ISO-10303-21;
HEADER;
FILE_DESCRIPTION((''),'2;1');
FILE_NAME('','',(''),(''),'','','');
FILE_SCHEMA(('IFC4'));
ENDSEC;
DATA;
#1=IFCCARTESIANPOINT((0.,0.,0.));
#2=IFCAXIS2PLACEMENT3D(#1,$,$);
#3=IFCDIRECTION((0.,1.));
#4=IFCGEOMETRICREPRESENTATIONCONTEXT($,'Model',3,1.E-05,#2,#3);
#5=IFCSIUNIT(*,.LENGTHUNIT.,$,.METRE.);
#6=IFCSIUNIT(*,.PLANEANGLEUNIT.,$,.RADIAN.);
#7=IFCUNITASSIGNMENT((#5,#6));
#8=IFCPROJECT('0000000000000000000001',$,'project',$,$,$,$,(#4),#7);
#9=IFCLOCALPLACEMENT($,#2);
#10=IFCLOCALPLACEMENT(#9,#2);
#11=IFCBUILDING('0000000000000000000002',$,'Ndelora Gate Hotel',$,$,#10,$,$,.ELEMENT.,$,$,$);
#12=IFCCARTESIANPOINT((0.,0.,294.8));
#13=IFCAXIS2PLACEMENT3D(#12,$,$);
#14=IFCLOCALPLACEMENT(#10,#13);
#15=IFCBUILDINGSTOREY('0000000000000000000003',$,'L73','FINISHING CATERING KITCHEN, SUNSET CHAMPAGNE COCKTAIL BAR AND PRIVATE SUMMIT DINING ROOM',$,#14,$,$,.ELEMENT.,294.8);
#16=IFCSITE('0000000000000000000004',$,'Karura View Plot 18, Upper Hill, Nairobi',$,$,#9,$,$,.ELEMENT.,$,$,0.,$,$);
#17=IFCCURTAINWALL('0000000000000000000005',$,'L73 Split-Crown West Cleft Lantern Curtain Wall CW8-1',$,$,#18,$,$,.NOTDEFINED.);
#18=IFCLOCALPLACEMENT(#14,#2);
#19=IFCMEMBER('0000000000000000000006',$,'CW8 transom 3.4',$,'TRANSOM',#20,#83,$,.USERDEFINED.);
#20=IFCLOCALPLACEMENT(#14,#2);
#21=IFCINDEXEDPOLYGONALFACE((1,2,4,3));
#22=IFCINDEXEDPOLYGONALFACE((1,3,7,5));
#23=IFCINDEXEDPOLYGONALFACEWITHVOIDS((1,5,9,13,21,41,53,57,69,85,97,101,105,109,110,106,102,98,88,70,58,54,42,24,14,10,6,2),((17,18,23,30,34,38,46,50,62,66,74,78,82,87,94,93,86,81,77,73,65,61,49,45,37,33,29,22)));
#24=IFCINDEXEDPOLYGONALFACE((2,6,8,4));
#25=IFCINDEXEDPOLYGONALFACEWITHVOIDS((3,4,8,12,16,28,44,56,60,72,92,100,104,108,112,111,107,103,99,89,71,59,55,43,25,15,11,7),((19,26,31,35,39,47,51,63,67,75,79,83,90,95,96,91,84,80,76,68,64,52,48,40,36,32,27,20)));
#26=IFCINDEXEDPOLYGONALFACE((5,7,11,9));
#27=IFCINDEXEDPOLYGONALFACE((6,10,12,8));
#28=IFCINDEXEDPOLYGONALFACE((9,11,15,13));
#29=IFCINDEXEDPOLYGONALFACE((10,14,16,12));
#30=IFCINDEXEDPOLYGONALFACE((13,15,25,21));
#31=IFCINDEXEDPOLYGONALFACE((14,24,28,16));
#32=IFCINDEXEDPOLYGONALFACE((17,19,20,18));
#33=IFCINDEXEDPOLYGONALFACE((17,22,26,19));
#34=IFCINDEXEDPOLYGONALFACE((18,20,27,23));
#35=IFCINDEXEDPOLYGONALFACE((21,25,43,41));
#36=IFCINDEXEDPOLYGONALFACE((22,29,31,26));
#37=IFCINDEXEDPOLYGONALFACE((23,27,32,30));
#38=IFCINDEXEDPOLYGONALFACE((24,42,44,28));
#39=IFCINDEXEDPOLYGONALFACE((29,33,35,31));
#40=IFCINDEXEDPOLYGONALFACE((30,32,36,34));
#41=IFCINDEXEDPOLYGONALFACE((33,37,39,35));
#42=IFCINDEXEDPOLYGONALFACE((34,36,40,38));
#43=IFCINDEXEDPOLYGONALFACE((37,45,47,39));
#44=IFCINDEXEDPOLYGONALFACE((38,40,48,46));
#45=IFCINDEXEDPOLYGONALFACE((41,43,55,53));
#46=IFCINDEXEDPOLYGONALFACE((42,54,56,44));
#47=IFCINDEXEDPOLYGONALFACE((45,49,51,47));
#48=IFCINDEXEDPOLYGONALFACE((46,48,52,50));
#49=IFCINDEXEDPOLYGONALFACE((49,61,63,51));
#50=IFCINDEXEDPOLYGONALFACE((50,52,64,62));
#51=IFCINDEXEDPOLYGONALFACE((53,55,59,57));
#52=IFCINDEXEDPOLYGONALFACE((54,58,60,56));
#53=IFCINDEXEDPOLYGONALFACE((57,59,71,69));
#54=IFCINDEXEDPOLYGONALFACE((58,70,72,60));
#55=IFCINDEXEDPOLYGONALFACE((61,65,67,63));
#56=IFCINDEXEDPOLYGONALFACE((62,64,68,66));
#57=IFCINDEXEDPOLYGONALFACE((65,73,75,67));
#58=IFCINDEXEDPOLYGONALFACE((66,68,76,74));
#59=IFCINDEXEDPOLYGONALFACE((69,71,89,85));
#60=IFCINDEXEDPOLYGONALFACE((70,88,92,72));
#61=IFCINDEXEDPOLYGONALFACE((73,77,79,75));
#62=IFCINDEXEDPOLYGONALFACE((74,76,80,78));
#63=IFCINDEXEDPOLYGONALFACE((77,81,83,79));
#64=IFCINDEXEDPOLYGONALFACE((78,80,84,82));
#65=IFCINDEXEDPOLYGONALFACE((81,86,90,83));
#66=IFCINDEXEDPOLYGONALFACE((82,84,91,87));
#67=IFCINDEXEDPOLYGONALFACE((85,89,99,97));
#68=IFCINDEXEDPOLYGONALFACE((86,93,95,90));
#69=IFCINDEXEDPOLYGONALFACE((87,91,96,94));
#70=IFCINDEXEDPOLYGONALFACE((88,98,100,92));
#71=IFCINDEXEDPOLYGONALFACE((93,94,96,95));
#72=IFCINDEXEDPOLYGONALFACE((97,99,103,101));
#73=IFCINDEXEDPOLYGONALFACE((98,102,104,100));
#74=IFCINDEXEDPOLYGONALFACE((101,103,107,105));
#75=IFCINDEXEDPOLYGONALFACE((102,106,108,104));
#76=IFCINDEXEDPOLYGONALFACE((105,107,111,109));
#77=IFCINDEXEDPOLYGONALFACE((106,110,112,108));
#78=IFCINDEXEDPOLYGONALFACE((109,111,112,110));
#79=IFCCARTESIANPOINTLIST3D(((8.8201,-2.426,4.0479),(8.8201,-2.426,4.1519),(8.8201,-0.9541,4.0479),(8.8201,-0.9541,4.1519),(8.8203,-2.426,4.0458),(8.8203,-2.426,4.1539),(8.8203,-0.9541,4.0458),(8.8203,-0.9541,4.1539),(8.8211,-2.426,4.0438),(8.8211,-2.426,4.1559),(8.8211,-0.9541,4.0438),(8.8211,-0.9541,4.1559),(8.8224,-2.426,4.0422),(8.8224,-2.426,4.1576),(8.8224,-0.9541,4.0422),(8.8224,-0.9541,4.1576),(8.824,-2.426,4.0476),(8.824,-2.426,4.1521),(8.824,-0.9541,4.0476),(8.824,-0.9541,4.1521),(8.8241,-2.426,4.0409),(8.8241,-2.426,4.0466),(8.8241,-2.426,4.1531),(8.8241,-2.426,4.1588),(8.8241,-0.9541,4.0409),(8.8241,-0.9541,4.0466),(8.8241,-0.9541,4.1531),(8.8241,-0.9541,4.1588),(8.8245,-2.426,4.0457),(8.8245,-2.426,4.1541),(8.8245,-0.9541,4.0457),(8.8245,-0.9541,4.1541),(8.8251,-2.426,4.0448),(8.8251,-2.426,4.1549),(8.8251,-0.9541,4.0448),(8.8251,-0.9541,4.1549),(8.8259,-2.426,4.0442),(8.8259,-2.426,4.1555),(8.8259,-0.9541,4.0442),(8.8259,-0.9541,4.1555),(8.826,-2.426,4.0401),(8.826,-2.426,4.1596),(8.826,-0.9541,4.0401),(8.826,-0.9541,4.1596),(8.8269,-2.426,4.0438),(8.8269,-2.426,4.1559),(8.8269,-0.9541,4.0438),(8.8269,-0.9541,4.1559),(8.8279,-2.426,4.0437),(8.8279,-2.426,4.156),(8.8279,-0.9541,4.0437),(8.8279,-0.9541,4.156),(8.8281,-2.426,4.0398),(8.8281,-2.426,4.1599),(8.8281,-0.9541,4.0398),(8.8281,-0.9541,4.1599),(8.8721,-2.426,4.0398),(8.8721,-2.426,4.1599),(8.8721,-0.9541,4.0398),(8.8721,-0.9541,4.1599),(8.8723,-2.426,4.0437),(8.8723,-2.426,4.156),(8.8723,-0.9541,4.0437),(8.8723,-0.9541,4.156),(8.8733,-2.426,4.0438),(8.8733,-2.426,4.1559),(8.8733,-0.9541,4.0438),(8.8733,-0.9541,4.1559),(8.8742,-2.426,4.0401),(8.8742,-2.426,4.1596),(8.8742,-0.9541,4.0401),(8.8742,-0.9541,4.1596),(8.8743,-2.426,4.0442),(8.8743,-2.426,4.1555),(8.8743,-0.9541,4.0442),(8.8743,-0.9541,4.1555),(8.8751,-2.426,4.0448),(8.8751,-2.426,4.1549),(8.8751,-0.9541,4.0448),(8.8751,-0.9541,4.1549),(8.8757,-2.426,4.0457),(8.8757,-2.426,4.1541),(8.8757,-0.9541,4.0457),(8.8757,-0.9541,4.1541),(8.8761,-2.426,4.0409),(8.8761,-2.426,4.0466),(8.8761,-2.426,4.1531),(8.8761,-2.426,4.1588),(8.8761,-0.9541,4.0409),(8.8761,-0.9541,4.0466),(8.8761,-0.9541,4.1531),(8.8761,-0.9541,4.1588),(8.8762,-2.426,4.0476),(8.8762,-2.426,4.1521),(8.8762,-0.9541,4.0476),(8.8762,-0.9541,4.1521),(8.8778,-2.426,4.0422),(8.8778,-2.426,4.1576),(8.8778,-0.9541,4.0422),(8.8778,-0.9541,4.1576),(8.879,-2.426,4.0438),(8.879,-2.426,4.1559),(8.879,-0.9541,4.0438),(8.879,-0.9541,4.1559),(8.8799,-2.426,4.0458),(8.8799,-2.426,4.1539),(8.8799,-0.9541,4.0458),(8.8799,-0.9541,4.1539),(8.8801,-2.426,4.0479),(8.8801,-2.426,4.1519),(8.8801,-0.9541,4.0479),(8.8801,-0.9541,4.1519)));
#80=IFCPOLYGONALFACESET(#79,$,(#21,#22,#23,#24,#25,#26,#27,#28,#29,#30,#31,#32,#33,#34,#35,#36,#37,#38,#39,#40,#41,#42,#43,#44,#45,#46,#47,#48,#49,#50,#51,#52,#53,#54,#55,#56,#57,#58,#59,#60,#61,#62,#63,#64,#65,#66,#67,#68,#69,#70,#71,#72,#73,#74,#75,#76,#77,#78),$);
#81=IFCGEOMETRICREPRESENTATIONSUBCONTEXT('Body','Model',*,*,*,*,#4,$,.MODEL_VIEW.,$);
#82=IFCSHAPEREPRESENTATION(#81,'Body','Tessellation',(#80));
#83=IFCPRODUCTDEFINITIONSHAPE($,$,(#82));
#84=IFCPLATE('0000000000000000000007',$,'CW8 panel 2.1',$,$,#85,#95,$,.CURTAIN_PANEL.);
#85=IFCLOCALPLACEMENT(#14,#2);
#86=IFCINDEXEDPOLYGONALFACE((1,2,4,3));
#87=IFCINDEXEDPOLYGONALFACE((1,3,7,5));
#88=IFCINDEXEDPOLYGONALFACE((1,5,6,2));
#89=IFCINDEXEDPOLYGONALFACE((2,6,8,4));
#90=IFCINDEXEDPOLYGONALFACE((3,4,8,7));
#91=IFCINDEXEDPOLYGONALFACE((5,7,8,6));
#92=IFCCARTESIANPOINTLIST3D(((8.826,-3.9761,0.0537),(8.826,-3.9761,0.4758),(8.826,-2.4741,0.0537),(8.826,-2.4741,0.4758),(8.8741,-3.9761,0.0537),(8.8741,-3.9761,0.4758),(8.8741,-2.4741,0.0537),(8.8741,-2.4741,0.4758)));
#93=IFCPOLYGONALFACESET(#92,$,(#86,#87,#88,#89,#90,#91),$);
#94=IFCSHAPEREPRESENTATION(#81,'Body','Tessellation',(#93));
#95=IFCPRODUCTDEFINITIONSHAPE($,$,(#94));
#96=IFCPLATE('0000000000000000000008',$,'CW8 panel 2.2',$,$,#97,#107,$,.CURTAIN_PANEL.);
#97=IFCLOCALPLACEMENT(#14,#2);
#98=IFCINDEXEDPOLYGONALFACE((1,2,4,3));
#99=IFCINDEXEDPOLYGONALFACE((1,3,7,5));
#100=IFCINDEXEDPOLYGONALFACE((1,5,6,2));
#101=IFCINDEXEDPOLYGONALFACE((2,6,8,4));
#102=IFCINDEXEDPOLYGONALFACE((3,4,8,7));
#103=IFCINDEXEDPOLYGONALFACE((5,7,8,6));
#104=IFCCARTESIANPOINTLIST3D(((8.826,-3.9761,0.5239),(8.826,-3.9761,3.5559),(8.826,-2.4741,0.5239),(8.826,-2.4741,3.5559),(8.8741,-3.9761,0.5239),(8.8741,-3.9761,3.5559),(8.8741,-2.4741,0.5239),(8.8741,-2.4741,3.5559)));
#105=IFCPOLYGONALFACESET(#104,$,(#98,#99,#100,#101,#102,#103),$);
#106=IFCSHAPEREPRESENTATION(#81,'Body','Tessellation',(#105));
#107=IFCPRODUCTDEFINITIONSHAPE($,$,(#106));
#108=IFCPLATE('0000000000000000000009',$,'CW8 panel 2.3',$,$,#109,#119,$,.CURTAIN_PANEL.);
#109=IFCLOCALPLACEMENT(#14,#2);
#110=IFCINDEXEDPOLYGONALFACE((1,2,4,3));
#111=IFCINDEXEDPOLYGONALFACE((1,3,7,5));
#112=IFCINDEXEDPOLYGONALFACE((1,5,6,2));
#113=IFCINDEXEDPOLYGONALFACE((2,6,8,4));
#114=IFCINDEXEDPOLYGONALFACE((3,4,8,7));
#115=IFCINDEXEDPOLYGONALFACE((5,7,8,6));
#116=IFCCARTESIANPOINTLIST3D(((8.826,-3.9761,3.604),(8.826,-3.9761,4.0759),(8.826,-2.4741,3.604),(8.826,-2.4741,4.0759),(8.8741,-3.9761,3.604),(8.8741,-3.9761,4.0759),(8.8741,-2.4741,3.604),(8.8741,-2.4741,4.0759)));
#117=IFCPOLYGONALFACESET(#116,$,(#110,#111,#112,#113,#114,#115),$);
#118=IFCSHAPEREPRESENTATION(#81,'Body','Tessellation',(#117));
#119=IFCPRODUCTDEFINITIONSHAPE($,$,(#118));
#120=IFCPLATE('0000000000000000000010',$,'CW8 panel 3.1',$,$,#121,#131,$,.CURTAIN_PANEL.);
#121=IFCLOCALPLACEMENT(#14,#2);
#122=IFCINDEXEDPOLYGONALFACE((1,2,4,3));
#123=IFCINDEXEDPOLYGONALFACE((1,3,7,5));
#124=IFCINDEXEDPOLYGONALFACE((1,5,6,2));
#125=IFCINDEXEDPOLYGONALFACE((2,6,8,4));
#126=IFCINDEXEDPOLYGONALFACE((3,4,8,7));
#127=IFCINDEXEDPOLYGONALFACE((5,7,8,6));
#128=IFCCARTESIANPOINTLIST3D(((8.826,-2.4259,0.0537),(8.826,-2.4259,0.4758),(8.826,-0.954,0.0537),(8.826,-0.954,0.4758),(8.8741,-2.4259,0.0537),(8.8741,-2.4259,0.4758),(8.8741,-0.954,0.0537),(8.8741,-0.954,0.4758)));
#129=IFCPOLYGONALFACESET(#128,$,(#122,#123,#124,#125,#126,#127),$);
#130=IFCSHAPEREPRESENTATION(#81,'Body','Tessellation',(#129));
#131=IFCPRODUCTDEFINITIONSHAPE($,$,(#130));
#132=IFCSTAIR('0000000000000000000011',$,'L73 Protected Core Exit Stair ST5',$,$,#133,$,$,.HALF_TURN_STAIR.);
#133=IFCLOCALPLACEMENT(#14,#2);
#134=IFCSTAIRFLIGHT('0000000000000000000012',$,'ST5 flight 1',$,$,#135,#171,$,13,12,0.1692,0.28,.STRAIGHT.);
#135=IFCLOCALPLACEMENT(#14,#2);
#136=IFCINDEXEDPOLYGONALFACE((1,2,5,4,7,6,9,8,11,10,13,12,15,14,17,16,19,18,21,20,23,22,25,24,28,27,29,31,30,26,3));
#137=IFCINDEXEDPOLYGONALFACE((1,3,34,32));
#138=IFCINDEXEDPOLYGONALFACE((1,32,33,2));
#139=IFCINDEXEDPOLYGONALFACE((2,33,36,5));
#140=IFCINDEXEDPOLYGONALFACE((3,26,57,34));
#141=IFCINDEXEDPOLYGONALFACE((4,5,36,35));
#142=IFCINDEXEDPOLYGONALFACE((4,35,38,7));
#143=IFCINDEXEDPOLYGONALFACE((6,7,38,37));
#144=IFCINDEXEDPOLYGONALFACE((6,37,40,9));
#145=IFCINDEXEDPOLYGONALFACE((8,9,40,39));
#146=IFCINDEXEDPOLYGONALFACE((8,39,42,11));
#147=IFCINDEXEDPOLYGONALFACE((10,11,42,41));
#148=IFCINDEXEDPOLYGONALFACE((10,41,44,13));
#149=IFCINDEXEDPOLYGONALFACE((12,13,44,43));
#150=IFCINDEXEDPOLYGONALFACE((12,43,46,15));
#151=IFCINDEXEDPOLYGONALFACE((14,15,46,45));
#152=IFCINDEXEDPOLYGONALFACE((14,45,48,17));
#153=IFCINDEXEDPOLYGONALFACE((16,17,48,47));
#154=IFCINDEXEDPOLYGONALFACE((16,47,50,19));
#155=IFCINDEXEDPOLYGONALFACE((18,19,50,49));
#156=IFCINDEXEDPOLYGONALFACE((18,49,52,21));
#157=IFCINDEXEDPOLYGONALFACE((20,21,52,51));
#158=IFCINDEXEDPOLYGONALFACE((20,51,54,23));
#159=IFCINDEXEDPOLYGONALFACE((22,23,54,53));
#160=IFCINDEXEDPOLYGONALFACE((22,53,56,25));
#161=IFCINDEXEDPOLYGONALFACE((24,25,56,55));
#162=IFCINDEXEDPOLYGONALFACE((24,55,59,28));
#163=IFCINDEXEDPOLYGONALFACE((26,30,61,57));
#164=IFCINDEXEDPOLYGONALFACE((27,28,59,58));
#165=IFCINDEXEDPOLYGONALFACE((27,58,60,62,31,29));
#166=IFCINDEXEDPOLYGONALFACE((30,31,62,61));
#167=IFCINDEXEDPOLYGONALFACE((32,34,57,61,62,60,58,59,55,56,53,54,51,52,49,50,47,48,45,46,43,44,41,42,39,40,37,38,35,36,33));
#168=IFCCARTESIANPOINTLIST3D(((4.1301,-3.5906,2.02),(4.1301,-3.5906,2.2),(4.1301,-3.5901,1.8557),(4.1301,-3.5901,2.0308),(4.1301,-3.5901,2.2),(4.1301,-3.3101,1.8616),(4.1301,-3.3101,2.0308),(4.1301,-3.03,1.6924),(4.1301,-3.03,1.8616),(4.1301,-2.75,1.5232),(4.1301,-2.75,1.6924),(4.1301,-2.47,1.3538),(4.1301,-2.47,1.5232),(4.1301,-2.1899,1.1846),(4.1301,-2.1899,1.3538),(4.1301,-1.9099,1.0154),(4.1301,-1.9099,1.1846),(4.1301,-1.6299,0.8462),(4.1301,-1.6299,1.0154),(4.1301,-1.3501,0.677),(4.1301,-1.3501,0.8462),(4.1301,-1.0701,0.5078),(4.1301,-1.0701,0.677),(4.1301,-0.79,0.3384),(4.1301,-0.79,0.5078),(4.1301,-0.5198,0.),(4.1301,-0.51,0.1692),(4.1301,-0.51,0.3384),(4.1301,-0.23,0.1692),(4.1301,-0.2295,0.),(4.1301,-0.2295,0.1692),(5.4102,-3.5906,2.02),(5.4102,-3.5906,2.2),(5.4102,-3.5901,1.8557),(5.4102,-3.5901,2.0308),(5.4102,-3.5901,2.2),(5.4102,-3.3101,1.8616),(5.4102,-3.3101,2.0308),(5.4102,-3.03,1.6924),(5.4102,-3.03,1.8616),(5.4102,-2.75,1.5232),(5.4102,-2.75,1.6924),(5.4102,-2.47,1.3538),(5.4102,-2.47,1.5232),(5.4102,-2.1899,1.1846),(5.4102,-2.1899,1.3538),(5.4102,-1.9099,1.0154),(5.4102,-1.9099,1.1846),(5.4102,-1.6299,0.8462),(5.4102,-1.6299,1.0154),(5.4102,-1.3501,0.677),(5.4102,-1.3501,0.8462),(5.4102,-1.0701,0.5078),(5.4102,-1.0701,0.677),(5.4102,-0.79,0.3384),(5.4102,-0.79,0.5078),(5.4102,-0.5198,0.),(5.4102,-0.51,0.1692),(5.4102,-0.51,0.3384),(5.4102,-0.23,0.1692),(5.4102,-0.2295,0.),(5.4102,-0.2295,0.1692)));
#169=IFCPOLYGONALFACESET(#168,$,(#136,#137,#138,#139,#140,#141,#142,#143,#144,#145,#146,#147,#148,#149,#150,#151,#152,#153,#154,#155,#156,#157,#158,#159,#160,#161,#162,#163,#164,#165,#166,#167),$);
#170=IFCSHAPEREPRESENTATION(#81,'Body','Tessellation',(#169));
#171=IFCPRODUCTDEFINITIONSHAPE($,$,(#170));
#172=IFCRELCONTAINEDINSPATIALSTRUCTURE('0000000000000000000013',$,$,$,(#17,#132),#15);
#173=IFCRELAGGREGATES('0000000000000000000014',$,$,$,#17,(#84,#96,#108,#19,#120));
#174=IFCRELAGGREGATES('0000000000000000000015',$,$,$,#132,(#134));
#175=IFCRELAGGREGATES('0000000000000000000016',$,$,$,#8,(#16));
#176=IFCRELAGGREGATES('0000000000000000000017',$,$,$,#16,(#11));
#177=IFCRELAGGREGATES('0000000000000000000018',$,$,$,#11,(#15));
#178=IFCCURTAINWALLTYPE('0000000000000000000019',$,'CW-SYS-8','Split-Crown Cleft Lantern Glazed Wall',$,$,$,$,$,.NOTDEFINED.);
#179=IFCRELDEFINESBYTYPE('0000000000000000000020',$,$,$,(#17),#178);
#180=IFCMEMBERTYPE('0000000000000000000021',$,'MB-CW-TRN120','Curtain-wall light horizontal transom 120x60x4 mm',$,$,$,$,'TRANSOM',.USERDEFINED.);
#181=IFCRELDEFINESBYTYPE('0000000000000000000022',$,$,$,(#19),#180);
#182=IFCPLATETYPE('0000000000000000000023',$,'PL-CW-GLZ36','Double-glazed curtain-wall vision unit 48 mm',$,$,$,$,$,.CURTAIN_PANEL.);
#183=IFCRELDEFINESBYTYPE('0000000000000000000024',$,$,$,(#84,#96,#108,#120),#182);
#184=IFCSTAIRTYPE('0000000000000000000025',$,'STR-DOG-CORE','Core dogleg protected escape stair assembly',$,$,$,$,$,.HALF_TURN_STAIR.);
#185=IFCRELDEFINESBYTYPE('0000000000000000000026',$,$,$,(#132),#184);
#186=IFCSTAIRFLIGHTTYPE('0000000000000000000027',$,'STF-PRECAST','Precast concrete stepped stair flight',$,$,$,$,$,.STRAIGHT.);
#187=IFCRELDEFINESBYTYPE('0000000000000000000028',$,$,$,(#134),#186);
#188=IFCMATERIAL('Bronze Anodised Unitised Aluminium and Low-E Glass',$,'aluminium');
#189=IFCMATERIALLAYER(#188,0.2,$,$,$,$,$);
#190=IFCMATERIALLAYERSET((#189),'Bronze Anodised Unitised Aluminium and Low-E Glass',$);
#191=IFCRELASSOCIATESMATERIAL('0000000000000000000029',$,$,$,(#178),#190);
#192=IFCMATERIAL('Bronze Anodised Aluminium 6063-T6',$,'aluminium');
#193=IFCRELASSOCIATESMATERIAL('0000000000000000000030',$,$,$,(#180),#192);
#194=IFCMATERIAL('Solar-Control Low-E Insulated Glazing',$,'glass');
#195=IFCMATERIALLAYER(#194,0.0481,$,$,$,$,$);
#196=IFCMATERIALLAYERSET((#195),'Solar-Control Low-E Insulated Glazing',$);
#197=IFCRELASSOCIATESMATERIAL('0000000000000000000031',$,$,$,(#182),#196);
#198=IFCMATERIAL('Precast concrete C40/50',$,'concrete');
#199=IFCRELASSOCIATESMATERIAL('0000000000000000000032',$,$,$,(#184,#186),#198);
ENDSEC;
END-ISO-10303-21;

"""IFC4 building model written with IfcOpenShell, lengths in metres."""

from ifc_helpers import new_model, si_unit, direction, frame, origin, origin_2d, place, context, subcontext, project, spatial, polyline, rectangle, hollow_rectangle, outline, extrude, material, layer, layer_set, material_profile, profile_set, type_object, element, aggregate, save


model = new_model("IFC4")

# Units and contexts
model_context = context("Model", 3, precision=1e-05, world=origin(), true_north=direction((0.0, 1.0)))
body_context = subcontext(model_context, "Body", "Model", "MODEL_VIEW")
ifc_project = project(units=[si_unit("LENGTHUNIT", "METRE"), si_unit("PLANEANGLEUNIT", "RADIAN")], contexts=[model_context])

# Site, building, storey
site_placement = place(None, origin())
site = spatial("IfcSite", under=ifc_project, at=site_placement, Name="Karura View Plot 18, Upper Hill, Nairobi", CompositionType="ELEMENT", RefElevation=0.0)
building_placement = place(site_placement, origin())
building = spatial("IfcBuilding", under=site, at=building_placement, Name="Ndelora Gate Hotel", CompositionType="ELEMENT")
storey_placement = place(building_placement, frame((0.0, 0.0, 294.8)))
storey = spatial("IfcBuildingStorey", under=building, at=storey_placement, Name="L73", Description="FINISHING CATERING KITCHEN, SUNSET CHAMPAGNE COCKTAIL BAR AND PRIVATE SUMMIT DINING ROOM", CompositionType="ELEMENT", Elevation=294.8)

# Curtain wall, member, plates
ifc_material_1 = material(Name="Bronze Anodised Unitised Aluminium and Low-E Glass", Category="aluminium")
ifc_layer_1 = layer(ifc_material_1, 0.2)
ifc_layer_set_1 = layer_set([ifc_layer_1], Name="Bronze Anodised Unitised Aluminium and Low-E Glass")
curtain_wall_type = type_object("IfcCurtainWallType", Name="CW-SYS-8", Description="Split-Crown Cleft Lantern Glazed Wall", PredefinedType="NOTDEFINED", material=ifc_layer_set_1)
curtain_wall_placement = place(storey_placement, origin())
curtain_wall = element("IfcCurtainWall", 1, at=curtain_wall_placement, inside=storey, type_object=curtain_wall_type, Name="L73 Split-Crown West Cleft Lantern Curtain Wall CW8-1", PredefinedType="NOTDEFINED")
ifc_material_2 = material(Name="Bronze Anodised Aluminium 6063-T6", Category="aluminium")
ifc_material_profile_1 = material_profile(ifc_material_2, hollow_rectangle(XDim=0.0601, YDim=0.1201, WallThickness=0.0039, InnerFilletRadius=0.0039, OuterFilletRadius=0.0081, at=origin_2d()), Name="ALU 120x60x4")
ifc_profile_set_1 = profile_set([ifc_material_profile_1], Name="Bronze Anodised Aluminium 6063-T6")
member_type_1 = type_object("IfcMemberType", Name="MB-CW-TRN120", Description="Curtain-wall light horizontal transom 120x60x4 mm", ElementType="TRANSOM", PredefinedType="USERDEFINED", material=ifc_profile_set_1)
member_1_placement = place(storey_placement, frame((8.8501, -2.426, 4.0999), z_axis=(0.0, 1.0, 0.0), x_axis=(-1.0, 0.0, 0.0)))
member_1 = element("IfcMember", 2, at=member_1_placement, type_object=member_type_1, Name="CW8 transom 3.4", ObjectType="TRANSOM", PredefinedType="USERDEFINED", context=body_context, shape_type="SweptSolid", body=[
    extrude(hollow_rectangle(XDim=0.0601, YDim=0.1201, WallThickness=0.0039, InnerFilletRadius=0.0039, OuterFilletRadius=0.0081, at=origin_2d()), origin(), (0.0, 0.0, 1.0), 1.4719),
])
ifc_material_3 = material(Name="Solar-Control Low-E Insulated Glazing", Category="glass")
ifc_layer_2 = layer(ifc_material_3, 0.0481)
ifc_layer_set_2 = layer_set([ifc_layer_2], Name="Solar-Control Low-E Insulated Glazing")
plate_type = type_object("IfcPlateType", Name="PL-CW-GLZ36", Description="Double-glazed curtain-wall vision unit 48 mm", PredefinedType="CURTAIN_PANEL", material=ifc_layer_set_2)
plate_1_placement = place(storey_placement, frame((8.8501, -3.2251, 0.0537), z_axis=(0.0, 0.0, 1.0), x_axis=(0.0, 1.0, 0.0)))
plate_1 = element("IfcPlate", 3, at=plate_1_placement, type_object=plate_type, Name="CW8 panel 2.1", PredefinedType="CURTAIN_PANEL", context=body_context, shape_type="SweptSolid", body=[
    extrude(rectangle(XDim=1.502, YDim=0.0481, at=origin_2d()), origin(), (0.0, 0.0, 1.0), 0.4221),
])
plate_2_placement = place(storey_placement, frame((8.8501, -3.2251, 0.5239), z_axis=(0.0, 0.0, 1.0), x_axis=(0.0, 1.0, 0.0)))
plate_2 = element("IfcPlate", 4, at=plate_2_placement, type_object=plate_type, Name="CW8 panel 2.2", PredefinedType="CURTAIN_PANEL", context=body_context, shape_type="SweptSolid", body=[
    extrude(rectangle(XDim=1.502, YDim=0.0481, at=origin_2d()), origin(), (0.0, 0.0, 1.0), 3.032),
])
plate_3_placement = place(storey_placement, frame((8.8501, -3.2251, 3.604), z_axis=(0.0, 0.0, 1.0), x_axis=(0.0, 1.0, 0.0)))
plate_3 = element("IfcPlate", 5, at=plate_3_placement, type_object=plate_type, Name="CW8 panel 2.3", PredefinedType="CURTAIN_PANEL", context=body_context, shape_type="SweptSolid", body=[
    extrude(rectangle(XDim=1.502, YDim=0.0481, at=origin_2d()), origin(), (0.0, 0.0, 1.0), 0.4719),
])
plate_4_placement = place(storey_placement, frame((8.8501, -1.6899, 0.0537), z_axis=(0.0, 0.0, 1.0), x_axis=(0.0, 1.0, 0.0)))
plate_4 = element("IfcPlate", 6, at=plate_4_placement, type_object=plate_type, Name="CW8 panel 3.1", PredefinedType="CURTAIN_PANEL", context=body_context, shape_type="SweptSolid", body=[
    extrude(rectangle(XDim=1.4719, YDim=0.0481, at=origin_2d()), origin(), (0.0, 0.0, 1.0), 0.4221),
])
aggregate(curtain_wall, [plate_1, plate_2, plate_3, member_1, plate_4])

# Stair, stair flight
ifc_material_4 = material(Name="Precast concrete C40/50", Category="concrete")
stair_type = type_object("IfcStairType", Name="STR-DOG-CORE", Description="Core dogleg protected escape stair assembly", PredefinedType="HALF_TURN_STAIR", material=ifc_material_4)
stair_placement = place(storey_placement, origin())
stair = element("IfcStair", 7, at=stair_placement, inside=storey, type_object=stair_type, Name="L73 Protected Core Exit Stair ST5", PredefinedType="HALF_TURN_STAIR")
stair_flight_type = type_object("IfcStairFlightType", Name="STF-PRECAST", Description="Precast concrete stepped stair flight", PredefinedType="STRAIGHT", material=ifc_material_4)
stair_flight_1_placement = place(storey_placement, frame((4.77, -0.23, 0.0), z_axis=(0.0, 0.0, 1.0), x_axis=(0.0, -1.0, 0.0)))
stair_flight_1 = element("IfcStairFlight", 8, at=stair_flight_1_placement, type_object=stair_flight_type, Name="ST5 flight 1", NumberOfRisers=13, NumberOfTreads=12, PredefinedType="STRAIGHT", RiserHeight=0.1692, TreadLength=0.28, context=body_context, shape_type="SweptSolid", body=[
    extrude(outline(polyline([(-0.0005, 0.0), (-0.0005, 0.1692), (0.0, 0.1692), (0.28, 0.1692), (0.28, 0.3384), (0.5601, 0.3384), (0.5601, 0.5078), (0.8401, 0.5078), (0.8401, 0.677), (1.1201, 0.677), (1.1201, 0.8462), (1.3999, 0.8462), (1.3999, 1.0154), (1.6799, 1.0154), (1.6799, 1.1846), (1.96, 1.1846), (1.96, 1.3538), (2.24, 1.3538), (2.24, 1.5232), (2.52, 1.5232), (2.52, 1.6924), (2.8, 1.6924), (2.8, 1.8616), (3.0801, 1.8616), (3.0801, 2.0308), (3.3601, 2.0308), (3.3601, 2.2), (3.3606, 2.2), (3.3606, 2.02), (3.3601, 1.8557), (0.2898, 0.0), (-0.0005, 0.0)])), frame((0.0, 0.6401, 0.0), z_axis=(0.0, -1.0, 0.0), x_axis=(1.0, 0.0, 0.0)), (0.0, 0.0, 1.0), 1.28),
])
aggregate(stair, [stair_flight_1])

save(model, "model.ifc")
